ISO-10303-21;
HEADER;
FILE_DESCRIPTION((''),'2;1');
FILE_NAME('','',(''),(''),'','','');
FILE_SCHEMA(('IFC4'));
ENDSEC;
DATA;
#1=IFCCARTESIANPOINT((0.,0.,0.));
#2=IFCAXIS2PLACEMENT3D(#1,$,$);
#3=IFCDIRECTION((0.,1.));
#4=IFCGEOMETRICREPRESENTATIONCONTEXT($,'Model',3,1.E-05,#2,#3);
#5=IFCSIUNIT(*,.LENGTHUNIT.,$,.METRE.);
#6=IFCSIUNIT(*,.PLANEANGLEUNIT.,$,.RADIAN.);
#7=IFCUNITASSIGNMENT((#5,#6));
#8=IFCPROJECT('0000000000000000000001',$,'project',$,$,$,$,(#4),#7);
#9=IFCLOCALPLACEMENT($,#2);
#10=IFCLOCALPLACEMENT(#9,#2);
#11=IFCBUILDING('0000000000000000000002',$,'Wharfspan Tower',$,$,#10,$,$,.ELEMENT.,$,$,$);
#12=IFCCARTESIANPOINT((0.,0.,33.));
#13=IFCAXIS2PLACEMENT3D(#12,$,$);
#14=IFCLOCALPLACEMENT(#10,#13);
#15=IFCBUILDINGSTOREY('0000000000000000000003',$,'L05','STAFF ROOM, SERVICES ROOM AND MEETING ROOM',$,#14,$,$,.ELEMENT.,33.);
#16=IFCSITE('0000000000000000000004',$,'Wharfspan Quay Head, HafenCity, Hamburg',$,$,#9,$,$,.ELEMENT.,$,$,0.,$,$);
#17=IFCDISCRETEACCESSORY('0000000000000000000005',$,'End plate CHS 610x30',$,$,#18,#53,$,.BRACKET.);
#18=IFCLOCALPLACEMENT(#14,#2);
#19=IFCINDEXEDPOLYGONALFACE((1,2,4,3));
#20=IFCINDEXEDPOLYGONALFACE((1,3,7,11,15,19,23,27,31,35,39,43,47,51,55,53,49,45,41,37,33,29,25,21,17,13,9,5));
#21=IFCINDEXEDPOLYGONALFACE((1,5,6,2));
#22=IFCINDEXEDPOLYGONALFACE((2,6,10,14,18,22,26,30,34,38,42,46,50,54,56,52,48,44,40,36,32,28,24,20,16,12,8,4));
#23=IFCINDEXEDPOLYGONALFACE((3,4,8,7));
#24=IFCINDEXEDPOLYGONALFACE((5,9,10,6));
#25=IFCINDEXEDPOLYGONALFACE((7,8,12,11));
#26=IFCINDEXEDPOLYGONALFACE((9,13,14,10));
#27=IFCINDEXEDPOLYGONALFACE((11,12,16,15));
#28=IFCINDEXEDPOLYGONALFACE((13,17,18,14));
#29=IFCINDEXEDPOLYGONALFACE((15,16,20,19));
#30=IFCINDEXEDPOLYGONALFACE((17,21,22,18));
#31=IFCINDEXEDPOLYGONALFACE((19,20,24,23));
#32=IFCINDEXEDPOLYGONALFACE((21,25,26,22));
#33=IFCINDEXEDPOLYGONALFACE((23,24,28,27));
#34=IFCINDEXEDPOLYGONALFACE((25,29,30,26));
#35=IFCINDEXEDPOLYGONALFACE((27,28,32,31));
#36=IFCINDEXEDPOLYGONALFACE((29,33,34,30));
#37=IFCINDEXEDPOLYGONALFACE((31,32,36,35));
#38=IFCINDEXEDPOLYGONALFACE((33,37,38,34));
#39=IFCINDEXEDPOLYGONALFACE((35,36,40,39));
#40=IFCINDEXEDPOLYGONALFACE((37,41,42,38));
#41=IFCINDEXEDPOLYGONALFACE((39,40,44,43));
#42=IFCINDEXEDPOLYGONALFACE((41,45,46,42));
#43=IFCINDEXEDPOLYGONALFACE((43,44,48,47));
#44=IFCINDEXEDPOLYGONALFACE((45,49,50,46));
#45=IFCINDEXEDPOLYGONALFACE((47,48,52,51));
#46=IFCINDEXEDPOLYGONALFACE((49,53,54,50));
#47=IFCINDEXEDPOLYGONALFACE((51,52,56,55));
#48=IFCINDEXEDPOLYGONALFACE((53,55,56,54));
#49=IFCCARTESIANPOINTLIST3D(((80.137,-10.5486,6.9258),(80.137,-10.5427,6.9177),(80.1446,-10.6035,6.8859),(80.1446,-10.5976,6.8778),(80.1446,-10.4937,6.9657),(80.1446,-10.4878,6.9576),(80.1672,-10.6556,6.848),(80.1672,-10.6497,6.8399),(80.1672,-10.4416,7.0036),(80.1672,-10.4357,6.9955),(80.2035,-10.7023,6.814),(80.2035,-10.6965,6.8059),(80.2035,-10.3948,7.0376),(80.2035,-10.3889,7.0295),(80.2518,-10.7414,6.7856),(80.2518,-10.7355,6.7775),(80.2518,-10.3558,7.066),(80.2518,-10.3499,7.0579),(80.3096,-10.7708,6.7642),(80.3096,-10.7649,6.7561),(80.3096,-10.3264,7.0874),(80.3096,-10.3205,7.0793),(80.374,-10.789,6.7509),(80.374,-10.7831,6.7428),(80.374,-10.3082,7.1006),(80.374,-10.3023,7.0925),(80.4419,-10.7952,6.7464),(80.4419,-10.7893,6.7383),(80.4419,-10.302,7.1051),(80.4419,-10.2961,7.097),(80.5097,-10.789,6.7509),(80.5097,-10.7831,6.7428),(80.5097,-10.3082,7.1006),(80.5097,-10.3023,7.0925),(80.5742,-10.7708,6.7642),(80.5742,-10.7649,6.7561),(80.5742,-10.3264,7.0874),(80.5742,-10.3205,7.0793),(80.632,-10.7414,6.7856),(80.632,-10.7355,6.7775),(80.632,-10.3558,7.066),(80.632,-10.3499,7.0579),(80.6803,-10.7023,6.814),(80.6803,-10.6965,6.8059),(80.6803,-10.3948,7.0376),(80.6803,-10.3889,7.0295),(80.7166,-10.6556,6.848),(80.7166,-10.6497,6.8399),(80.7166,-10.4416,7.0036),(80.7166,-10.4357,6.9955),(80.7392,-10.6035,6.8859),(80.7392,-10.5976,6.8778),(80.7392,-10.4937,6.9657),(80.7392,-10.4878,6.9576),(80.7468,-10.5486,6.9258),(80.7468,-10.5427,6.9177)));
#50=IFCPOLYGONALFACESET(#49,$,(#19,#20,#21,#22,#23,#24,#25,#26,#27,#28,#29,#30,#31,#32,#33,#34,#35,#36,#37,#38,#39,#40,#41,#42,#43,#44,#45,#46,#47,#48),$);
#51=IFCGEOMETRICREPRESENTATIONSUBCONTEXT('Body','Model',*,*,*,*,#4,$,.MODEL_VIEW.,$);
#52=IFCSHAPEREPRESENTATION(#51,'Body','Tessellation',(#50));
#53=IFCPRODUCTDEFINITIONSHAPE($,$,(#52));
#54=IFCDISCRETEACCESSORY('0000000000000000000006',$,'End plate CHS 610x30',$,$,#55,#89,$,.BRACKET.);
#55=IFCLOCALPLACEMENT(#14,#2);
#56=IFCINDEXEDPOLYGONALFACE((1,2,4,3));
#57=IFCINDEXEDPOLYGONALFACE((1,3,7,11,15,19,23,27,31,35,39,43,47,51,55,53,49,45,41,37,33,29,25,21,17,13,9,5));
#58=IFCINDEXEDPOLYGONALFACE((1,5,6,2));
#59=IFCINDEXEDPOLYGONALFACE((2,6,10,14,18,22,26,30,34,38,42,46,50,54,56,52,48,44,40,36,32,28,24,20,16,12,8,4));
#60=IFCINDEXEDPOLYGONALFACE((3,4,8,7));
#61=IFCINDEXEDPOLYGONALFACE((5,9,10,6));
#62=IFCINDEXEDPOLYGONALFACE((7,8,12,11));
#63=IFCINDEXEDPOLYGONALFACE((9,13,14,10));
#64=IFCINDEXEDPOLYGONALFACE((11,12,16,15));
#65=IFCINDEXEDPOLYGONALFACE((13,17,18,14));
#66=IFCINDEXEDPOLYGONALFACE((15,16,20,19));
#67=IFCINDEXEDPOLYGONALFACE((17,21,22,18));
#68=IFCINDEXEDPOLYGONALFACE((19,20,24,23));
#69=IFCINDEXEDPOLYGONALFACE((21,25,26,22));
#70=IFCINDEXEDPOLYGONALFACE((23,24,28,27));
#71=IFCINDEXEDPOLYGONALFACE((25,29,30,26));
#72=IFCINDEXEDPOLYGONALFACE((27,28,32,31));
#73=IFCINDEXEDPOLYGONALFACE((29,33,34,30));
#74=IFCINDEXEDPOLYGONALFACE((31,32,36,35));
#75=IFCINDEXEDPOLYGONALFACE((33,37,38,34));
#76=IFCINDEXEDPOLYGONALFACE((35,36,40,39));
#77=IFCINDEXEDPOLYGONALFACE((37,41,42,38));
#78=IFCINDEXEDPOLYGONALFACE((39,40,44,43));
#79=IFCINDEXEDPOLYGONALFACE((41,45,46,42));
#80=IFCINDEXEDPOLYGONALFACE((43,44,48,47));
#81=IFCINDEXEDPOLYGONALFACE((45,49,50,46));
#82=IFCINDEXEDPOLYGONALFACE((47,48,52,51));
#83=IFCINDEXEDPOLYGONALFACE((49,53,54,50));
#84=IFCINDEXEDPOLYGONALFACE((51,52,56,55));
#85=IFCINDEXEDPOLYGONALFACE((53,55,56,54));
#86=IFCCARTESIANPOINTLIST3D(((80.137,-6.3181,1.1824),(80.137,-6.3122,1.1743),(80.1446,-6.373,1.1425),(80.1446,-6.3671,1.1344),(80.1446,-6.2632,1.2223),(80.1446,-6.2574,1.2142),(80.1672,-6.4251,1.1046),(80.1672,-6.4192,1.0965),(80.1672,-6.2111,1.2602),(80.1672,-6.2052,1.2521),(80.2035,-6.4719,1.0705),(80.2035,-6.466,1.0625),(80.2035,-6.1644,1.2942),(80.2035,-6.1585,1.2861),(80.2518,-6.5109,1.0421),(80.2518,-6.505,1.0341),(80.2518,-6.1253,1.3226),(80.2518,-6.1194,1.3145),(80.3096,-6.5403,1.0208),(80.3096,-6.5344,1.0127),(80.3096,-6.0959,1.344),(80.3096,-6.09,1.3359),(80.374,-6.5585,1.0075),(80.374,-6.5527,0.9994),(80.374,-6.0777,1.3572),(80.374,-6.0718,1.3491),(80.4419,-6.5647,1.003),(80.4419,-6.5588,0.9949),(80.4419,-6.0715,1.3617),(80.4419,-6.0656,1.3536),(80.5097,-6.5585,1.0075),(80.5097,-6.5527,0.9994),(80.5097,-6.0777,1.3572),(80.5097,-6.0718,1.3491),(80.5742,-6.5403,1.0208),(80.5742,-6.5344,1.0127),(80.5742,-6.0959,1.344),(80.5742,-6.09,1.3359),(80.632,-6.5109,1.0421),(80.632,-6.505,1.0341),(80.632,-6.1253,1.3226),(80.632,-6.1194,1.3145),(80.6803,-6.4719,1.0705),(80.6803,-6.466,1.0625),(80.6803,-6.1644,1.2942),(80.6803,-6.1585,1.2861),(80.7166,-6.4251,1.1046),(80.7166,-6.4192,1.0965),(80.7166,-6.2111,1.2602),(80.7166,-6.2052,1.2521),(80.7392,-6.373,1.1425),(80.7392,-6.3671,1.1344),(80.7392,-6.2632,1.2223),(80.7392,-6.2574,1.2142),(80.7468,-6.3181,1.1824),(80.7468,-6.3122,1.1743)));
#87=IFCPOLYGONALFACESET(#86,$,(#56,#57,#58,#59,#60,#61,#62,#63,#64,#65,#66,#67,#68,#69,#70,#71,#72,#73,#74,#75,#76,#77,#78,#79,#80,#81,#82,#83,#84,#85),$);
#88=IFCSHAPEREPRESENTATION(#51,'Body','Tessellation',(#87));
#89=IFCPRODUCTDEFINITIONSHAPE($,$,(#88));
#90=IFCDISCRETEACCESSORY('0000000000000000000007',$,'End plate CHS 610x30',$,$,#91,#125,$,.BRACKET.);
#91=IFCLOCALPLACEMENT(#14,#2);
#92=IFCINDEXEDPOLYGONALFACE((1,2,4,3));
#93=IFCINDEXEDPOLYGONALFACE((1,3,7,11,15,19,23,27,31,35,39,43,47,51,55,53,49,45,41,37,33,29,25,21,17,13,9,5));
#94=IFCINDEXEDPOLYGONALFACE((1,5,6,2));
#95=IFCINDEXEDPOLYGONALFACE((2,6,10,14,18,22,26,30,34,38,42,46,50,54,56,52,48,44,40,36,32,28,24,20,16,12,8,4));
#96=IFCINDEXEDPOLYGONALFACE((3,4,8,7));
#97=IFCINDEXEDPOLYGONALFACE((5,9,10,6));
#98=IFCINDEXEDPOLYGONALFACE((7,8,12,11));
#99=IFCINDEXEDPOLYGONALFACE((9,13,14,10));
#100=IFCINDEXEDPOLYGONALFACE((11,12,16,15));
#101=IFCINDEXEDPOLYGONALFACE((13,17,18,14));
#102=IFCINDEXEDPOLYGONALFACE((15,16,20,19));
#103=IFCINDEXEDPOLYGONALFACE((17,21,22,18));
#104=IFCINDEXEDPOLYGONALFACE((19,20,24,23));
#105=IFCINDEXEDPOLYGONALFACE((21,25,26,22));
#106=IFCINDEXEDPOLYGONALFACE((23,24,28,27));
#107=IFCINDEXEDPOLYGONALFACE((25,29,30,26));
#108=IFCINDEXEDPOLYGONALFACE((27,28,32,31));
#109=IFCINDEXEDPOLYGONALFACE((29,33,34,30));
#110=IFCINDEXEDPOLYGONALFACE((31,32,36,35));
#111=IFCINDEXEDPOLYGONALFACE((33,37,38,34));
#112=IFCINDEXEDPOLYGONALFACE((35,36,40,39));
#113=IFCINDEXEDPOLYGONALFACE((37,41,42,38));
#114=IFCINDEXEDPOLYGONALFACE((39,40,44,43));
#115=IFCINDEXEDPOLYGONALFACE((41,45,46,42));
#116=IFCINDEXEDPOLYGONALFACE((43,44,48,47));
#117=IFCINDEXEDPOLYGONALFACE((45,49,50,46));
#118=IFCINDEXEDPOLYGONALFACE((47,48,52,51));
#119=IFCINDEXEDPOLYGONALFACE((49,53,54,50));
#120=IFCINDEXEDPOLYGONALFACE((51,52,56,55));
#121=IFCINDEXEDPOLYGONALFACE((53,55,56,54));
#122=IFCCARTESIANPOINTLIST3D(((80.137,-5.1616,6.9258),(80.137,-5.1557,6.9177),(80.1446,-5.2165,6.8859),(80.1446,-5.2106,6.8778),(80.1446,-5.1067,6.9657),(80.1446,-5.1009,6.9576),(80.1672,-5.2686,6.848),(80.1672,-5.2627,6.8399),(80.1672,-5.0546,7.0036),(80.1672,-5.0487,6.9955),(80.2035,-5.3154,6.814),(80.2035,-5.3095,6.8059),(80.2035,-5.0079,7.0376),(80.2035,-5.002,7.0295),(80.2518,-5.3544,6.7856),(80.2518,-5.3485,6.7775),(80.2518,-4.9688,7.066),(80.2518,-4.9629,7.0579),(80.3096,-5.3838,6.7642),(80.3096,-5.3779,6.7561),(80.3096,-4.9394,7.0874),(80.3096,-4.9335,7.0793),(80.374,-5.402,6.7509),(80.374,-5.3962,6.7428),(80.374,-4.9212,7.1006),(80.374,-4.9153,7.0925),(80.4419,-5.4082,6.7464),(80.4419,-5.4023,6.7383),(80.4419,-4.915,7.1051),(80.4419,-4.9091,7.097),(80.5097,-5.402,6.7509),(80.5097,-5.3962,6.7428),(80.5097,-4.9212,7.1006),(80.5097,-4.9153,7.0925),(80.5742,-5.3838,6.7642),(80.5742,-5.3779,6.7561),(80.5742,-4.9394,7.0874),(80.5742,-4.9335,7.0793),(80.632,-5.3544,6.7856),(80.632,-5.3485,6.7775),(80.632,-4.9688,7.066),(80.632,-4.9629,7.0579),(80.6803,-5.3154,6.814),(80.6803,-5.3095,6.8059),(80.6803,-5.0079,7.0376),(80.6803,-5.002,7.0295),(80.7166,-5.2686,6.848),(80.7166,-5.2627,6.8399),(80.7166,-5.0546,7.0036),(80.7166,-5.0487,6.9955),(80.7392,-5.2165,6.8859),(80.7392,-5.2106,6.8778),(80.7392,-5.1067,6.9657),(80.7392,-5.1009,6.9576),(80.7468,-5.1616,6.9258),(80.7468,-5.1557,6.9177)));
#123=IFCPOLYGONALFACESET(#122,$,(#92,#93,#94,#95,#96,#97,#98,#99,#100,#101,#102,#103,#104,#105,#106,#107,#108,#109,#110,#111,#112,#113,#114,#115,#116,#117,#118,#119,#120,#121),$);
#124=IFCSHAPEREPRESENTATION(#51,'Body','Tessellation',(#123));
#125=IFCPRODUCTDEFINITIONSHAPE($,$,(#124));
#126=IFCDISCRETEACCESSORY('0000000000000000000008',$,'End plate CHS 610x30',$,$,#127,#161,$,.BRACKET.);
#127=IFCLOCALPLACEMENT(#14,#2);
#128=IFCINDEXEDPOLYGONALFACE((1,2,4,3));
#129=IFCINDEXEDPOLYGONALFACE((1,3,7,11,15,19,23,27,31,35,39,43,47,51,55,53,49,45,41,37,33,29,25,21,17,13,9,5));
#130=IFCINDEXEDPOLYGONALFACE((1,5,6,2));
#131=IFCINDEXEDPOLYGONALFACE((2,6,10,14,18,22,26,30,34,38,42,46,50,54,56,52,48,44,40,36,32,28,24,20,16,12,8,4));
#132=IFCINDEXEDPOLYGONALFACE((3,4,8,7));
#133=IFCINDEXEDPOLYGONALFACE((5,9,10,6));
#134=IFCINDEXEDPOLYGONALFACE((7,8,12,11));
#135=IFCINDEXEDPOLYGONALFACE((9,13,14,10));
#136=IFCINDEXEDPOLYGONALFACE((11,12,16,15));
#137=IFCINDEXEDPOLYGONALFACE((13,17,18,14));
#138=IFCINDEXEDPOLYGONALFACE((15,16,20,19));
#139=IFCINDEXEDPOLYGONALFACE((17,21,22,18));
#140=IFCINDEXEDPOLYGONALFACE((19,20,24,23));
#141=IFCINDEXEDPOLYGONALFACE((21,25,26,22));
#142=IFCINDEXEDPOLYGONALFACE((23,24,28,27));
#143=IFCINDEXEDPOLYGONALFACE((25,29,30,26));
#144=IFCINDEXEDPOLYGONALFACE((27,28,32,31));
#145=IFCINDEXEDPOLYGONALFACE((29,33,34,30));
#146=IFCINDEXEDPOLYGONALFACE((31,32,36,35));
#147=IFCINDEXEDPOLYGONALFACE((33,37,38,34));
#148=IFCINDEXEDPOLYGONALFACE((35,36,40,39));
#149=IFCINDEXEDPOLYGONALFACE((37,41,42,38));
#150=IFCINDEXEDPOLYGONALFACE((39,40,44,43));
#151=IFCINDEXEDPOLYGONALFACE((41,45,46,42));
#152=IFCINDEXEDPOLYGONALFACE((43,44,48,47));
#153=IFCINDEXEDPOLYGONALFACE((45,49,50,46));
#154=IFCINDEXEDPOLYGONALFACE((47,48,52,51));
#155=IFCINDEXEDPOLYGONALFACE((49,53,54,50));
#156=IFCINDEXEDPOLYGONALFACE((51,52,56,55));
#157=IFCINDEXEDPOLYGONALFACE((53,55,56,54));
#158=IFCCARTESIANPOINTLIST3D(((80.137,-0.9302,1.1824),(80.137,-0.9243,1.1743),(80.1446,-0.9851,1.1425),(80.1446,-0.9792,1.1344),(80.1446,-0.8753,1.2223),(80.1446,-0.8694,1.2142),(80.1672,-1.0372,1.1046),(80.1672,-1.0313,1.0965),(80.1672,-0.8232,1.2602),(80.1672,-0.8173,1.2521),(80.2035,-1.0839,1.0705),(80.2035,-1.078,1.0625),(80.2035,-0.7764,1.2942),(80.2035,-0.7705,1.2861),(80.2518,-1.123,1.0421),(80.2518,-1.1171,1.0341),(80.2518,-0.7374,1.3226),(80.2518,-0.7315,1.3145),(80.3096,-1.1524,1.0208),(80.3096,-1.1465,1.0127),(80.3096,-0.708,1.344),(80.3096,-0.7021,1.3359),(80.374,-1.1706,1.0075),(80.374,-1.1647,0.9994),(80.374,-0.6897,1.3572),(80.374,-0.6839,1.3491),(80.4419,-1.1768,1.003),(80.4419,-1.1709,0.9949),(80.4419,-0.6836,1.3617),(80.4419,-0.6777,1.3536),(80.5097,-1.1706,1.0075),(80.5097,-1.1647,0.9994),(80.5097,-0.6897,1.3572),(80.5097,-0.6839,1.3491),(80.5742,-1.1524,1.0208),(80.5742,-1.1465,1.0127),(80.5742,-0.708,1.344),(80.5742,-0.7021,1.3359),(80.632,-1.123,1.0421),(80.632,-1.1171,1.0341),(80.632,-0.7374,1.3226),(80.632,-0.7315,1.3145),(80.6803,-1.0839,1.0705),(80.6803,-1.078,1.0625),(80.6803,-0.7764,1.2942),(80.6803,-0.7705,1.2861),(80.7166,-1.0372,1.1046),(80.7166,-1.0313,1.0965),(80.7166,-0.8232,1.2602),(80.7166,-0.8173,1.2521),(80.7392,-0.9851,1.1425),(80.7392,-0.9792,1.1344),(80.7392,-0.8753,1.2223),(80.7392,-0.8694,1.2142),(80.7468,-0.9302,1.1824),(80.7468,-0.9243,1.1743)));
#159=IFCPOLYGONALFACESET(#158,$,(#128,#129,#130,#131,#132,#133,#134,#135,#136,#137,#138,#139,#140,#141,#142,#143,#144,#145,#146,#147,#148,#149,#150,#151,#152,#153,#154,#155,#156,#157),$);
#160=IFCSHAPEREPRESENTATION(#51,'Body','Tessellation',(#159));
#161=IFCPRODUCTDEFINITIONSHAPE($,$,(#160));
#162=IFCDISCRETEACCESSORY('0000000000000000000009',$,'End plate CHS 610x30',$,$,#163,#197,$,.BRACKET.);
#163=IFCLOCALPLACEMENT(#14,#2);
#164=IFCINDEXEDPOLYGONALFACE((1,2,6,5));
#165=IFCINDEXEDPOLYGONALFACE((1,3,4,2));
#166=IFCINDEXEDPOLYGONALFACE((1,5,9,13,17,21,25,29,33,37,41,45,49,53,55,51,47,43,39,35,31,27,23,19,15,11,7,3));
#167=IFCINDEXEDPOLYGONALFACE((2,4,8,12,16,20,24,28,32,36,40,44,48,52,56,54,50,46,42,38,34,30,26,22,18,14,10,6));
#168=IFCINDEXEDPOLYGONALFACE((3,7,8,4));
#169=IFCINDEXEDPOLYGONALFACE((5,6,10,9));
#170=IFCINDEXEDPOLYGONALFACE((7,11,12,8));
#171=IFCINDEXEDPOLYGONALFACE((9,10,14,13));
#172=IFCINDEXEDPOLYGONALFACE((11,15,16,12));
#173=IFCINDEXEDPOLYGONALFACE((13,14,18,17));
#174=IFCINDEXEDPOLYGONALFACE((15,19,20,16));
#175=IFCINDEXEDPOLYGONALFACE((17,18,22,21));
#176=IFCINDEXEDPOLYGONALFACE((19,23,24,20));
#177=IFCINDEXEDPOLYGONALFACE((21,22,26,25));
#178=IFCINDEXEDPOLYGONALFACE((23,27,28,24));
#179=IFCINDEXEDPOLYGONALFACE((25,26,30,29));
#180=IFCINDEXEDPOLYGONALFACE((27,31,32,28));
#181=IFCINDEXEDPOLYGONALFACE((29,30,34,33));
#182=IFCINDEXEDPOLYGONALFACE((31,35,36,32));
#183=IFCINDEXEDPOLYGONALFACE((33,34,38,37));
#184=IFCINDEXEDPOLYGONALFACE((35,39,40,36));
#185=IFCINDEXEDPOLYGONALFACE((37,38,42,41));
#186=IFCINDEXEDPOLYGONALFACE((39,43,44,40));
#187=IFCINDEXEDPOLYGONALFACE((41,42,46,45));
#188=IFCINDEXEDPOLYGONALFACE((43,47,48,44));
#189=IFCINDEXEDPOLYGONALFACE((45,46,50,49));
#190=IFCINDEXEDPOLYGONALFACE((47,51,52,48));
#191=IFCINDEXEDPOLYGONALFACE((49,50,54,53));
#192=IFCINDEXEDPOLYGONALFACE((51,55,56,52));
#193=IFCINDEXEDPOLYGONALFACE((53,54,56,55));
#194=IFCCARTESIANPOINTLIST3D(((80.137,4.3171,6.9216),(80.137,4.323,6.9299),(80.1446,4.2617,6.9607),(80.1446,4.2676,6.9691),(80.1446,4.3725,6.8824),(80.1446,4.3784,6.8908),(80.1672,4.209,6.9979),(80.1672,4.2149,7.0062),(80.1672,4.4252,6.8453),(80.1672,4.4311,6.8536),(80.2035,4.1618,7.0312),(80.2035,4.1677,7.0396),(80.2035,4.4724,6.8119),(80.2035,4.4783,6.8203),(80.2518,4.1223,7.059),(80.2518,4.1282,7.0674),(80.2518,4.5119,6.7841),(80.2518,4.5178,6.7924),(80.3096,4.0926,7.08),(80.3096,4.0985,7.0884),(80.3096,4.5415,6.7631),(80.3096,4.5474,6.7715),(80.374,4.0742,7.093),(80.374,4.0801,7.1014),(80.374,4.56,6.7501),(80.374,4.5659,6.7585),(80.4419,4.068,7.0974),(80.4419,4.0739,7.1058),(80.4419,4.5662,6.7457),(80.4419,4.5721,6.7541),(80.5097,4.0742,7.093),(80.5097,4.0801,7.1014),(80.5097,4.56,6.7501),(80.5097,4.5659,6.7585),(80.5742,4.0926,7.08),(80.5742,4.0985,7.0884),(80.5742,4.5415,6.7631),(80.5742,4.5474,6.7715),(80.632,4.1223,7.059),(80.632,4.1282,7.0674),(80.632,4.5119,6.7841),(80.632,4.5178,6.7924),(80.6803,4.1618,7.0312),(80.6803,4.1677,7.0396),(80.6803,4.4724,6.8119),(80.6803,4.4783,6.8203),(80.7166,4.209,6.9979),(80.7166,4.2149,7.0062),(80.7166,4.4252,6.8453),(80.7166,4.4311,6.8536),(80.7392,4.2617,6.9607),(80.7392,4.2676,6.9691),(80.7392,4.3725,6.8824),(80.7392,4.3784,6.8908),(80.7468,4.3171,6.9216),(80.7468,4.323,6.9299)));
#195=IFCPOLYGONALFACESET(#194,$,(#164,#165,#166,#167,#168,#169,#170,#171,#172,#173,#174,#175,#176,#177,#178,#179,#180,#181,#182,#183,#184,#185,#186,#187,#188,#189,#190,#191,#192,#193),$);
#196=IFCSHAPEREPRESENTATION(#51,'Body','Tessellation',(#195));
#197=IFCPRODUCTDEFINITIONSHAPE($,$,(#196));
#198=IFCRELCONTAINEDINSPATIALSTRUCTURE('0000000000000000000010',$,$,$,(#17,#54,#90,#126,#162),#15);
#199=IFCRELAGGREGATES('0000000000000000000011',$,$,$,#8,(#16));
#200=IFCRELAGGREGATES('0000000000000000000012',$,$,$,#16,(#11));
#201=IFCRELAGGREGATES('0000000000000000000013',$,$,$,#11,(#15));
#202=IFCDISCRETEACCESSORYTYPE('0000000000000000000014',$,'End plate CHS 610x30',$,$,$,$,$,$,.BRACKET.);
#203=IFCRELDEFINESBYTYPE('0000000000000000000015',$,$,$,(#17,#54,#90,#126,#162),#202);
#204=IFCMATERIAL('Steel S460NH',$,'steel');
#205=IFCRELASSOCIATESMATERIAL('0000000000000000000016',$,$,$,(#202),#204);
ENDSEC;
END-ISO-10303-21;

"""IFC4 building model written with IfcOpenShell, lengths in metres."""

from ifc_helpers import new_model, si_unit, direction, frame, origin, origin_2d, place, context, subcontext, project, spatial, circle, extrude, material, material_profile, profile_set, type_object, element, save


model = new_model("IFC4")

# Units and contexts
model_context = context("Model", 3, precision=1e-05, world=origin(), true_north=direction((0.0, 1.0)))
body_context = subcontext(model_context, "Body", "Model", "MODEL_VIEW")
ifc_project = project(units=[si_unit("LENGTHUNIT", "METRE"), si_unit("PLANEANGLEUNIT", "RADIAN")], contexts=[model_context])

# Site, building, storey
site_placement = place(None, origin())
site = spatial("IfcSite", under=ifc_project, at=site_placement, Name="Wharfspan Quay Head, HafenCity, Hamburg", CompositionType="ELEMENT", RefElevation=0.0)
building_placement = place(site_placement, origin())
building = spatial("IfcBuilding", under=site, at=building_placement, Name="Wharfspan Tower", CompositionType="ELEMENT")
storey_placement = place(building_placement, frame((0.0, 0.0, 33.0)))
storey = spatial("IfcBuildingStorey", under=building, at=storey_placement, Name="L05", Description="STAFF ROOM, SERVICES ROOM AND MEETING ROOM", CompositionType="ELEMENT", Elevation=33.0)

# Shared definitions
ifc_material_1 = material(Name="Steel S460NH", Category="steel")

# Discrete accessories
ifc_material_profile_1 = material_profile(ifc_material_1, circle(Radius=0.3049, at=origin_2d()))
ifc_profile_set_1 = profile_set([ifc_material_profile_1], Name="Steel S460NH")
discrete_accessory_type_1 = type_object("IfcDiscreteAccessoryType", Name="End plate CHS 610x30", PredefinedType="BRACKET", material=ifc_profile_set_1)
for number, where, z_axis, x_axis, name in (
    (1, (80.4419, -10.5486, 6.9258), (0.0, 0.588172, -0.808736), (-1.0, 0.0, 0.0), "End plate CHS 610x30"),
    (2, (80.4419, -6.3181, 1.1824), (0.0, 0.588172, -0.808736), (-1.0, 0.0, 0.0), "End plate CHS 610x30"),
    (3, (80.4419, -5.1616, 6.9258), (0.0, 0.588172, -0.808736), (-1.0, 0.0, 0.0), "End plate CHS 610x30"),
    (4, (80.4419, -0.9302, 1.1824), (0.0, 0.588172, -0.808736), (-1.0, 0.0, 0.0), "End plate CHS 610x30"),
):
    element("IfcDiscreteAccessory", number, at=place(storey_placement, frame(where, z_axis=z_axis, x_axis=x_axis)), inside=storey, type_object=discrete_accessory_type_1, Name=name, PredefinedType="BRACKET", context=body_context, shape_type="SweptSolid", body=[
        extrude(circle(Radius=0.3049, at=origin_2d()), origin(), (0.0, 0.0, 1.0), 0.01),
    ])
discrete_accessory_placement = place(storey_placement, frame((80.4419, 4.323, 6.9299), z_axis=(0.0, -0.576683, -0.816968), x_axis=(1.0, 0.0, 0.0)))
element("IfcDiscreteAccessory", 5, at=discrete_accessory_placement, inside=storey, type_object=discrete_accessory_type_1, Name="End plate CHS 610x30", PredefinedType="BRACKET", context=body_context, shape_type="SweptSolid", body=[
    extrude(circle(Radius=0.3049, at=origin_2d()), origin(), (0.0, 0.0, 1.0), 0.0103),
])

save(model, "model.ifc")
